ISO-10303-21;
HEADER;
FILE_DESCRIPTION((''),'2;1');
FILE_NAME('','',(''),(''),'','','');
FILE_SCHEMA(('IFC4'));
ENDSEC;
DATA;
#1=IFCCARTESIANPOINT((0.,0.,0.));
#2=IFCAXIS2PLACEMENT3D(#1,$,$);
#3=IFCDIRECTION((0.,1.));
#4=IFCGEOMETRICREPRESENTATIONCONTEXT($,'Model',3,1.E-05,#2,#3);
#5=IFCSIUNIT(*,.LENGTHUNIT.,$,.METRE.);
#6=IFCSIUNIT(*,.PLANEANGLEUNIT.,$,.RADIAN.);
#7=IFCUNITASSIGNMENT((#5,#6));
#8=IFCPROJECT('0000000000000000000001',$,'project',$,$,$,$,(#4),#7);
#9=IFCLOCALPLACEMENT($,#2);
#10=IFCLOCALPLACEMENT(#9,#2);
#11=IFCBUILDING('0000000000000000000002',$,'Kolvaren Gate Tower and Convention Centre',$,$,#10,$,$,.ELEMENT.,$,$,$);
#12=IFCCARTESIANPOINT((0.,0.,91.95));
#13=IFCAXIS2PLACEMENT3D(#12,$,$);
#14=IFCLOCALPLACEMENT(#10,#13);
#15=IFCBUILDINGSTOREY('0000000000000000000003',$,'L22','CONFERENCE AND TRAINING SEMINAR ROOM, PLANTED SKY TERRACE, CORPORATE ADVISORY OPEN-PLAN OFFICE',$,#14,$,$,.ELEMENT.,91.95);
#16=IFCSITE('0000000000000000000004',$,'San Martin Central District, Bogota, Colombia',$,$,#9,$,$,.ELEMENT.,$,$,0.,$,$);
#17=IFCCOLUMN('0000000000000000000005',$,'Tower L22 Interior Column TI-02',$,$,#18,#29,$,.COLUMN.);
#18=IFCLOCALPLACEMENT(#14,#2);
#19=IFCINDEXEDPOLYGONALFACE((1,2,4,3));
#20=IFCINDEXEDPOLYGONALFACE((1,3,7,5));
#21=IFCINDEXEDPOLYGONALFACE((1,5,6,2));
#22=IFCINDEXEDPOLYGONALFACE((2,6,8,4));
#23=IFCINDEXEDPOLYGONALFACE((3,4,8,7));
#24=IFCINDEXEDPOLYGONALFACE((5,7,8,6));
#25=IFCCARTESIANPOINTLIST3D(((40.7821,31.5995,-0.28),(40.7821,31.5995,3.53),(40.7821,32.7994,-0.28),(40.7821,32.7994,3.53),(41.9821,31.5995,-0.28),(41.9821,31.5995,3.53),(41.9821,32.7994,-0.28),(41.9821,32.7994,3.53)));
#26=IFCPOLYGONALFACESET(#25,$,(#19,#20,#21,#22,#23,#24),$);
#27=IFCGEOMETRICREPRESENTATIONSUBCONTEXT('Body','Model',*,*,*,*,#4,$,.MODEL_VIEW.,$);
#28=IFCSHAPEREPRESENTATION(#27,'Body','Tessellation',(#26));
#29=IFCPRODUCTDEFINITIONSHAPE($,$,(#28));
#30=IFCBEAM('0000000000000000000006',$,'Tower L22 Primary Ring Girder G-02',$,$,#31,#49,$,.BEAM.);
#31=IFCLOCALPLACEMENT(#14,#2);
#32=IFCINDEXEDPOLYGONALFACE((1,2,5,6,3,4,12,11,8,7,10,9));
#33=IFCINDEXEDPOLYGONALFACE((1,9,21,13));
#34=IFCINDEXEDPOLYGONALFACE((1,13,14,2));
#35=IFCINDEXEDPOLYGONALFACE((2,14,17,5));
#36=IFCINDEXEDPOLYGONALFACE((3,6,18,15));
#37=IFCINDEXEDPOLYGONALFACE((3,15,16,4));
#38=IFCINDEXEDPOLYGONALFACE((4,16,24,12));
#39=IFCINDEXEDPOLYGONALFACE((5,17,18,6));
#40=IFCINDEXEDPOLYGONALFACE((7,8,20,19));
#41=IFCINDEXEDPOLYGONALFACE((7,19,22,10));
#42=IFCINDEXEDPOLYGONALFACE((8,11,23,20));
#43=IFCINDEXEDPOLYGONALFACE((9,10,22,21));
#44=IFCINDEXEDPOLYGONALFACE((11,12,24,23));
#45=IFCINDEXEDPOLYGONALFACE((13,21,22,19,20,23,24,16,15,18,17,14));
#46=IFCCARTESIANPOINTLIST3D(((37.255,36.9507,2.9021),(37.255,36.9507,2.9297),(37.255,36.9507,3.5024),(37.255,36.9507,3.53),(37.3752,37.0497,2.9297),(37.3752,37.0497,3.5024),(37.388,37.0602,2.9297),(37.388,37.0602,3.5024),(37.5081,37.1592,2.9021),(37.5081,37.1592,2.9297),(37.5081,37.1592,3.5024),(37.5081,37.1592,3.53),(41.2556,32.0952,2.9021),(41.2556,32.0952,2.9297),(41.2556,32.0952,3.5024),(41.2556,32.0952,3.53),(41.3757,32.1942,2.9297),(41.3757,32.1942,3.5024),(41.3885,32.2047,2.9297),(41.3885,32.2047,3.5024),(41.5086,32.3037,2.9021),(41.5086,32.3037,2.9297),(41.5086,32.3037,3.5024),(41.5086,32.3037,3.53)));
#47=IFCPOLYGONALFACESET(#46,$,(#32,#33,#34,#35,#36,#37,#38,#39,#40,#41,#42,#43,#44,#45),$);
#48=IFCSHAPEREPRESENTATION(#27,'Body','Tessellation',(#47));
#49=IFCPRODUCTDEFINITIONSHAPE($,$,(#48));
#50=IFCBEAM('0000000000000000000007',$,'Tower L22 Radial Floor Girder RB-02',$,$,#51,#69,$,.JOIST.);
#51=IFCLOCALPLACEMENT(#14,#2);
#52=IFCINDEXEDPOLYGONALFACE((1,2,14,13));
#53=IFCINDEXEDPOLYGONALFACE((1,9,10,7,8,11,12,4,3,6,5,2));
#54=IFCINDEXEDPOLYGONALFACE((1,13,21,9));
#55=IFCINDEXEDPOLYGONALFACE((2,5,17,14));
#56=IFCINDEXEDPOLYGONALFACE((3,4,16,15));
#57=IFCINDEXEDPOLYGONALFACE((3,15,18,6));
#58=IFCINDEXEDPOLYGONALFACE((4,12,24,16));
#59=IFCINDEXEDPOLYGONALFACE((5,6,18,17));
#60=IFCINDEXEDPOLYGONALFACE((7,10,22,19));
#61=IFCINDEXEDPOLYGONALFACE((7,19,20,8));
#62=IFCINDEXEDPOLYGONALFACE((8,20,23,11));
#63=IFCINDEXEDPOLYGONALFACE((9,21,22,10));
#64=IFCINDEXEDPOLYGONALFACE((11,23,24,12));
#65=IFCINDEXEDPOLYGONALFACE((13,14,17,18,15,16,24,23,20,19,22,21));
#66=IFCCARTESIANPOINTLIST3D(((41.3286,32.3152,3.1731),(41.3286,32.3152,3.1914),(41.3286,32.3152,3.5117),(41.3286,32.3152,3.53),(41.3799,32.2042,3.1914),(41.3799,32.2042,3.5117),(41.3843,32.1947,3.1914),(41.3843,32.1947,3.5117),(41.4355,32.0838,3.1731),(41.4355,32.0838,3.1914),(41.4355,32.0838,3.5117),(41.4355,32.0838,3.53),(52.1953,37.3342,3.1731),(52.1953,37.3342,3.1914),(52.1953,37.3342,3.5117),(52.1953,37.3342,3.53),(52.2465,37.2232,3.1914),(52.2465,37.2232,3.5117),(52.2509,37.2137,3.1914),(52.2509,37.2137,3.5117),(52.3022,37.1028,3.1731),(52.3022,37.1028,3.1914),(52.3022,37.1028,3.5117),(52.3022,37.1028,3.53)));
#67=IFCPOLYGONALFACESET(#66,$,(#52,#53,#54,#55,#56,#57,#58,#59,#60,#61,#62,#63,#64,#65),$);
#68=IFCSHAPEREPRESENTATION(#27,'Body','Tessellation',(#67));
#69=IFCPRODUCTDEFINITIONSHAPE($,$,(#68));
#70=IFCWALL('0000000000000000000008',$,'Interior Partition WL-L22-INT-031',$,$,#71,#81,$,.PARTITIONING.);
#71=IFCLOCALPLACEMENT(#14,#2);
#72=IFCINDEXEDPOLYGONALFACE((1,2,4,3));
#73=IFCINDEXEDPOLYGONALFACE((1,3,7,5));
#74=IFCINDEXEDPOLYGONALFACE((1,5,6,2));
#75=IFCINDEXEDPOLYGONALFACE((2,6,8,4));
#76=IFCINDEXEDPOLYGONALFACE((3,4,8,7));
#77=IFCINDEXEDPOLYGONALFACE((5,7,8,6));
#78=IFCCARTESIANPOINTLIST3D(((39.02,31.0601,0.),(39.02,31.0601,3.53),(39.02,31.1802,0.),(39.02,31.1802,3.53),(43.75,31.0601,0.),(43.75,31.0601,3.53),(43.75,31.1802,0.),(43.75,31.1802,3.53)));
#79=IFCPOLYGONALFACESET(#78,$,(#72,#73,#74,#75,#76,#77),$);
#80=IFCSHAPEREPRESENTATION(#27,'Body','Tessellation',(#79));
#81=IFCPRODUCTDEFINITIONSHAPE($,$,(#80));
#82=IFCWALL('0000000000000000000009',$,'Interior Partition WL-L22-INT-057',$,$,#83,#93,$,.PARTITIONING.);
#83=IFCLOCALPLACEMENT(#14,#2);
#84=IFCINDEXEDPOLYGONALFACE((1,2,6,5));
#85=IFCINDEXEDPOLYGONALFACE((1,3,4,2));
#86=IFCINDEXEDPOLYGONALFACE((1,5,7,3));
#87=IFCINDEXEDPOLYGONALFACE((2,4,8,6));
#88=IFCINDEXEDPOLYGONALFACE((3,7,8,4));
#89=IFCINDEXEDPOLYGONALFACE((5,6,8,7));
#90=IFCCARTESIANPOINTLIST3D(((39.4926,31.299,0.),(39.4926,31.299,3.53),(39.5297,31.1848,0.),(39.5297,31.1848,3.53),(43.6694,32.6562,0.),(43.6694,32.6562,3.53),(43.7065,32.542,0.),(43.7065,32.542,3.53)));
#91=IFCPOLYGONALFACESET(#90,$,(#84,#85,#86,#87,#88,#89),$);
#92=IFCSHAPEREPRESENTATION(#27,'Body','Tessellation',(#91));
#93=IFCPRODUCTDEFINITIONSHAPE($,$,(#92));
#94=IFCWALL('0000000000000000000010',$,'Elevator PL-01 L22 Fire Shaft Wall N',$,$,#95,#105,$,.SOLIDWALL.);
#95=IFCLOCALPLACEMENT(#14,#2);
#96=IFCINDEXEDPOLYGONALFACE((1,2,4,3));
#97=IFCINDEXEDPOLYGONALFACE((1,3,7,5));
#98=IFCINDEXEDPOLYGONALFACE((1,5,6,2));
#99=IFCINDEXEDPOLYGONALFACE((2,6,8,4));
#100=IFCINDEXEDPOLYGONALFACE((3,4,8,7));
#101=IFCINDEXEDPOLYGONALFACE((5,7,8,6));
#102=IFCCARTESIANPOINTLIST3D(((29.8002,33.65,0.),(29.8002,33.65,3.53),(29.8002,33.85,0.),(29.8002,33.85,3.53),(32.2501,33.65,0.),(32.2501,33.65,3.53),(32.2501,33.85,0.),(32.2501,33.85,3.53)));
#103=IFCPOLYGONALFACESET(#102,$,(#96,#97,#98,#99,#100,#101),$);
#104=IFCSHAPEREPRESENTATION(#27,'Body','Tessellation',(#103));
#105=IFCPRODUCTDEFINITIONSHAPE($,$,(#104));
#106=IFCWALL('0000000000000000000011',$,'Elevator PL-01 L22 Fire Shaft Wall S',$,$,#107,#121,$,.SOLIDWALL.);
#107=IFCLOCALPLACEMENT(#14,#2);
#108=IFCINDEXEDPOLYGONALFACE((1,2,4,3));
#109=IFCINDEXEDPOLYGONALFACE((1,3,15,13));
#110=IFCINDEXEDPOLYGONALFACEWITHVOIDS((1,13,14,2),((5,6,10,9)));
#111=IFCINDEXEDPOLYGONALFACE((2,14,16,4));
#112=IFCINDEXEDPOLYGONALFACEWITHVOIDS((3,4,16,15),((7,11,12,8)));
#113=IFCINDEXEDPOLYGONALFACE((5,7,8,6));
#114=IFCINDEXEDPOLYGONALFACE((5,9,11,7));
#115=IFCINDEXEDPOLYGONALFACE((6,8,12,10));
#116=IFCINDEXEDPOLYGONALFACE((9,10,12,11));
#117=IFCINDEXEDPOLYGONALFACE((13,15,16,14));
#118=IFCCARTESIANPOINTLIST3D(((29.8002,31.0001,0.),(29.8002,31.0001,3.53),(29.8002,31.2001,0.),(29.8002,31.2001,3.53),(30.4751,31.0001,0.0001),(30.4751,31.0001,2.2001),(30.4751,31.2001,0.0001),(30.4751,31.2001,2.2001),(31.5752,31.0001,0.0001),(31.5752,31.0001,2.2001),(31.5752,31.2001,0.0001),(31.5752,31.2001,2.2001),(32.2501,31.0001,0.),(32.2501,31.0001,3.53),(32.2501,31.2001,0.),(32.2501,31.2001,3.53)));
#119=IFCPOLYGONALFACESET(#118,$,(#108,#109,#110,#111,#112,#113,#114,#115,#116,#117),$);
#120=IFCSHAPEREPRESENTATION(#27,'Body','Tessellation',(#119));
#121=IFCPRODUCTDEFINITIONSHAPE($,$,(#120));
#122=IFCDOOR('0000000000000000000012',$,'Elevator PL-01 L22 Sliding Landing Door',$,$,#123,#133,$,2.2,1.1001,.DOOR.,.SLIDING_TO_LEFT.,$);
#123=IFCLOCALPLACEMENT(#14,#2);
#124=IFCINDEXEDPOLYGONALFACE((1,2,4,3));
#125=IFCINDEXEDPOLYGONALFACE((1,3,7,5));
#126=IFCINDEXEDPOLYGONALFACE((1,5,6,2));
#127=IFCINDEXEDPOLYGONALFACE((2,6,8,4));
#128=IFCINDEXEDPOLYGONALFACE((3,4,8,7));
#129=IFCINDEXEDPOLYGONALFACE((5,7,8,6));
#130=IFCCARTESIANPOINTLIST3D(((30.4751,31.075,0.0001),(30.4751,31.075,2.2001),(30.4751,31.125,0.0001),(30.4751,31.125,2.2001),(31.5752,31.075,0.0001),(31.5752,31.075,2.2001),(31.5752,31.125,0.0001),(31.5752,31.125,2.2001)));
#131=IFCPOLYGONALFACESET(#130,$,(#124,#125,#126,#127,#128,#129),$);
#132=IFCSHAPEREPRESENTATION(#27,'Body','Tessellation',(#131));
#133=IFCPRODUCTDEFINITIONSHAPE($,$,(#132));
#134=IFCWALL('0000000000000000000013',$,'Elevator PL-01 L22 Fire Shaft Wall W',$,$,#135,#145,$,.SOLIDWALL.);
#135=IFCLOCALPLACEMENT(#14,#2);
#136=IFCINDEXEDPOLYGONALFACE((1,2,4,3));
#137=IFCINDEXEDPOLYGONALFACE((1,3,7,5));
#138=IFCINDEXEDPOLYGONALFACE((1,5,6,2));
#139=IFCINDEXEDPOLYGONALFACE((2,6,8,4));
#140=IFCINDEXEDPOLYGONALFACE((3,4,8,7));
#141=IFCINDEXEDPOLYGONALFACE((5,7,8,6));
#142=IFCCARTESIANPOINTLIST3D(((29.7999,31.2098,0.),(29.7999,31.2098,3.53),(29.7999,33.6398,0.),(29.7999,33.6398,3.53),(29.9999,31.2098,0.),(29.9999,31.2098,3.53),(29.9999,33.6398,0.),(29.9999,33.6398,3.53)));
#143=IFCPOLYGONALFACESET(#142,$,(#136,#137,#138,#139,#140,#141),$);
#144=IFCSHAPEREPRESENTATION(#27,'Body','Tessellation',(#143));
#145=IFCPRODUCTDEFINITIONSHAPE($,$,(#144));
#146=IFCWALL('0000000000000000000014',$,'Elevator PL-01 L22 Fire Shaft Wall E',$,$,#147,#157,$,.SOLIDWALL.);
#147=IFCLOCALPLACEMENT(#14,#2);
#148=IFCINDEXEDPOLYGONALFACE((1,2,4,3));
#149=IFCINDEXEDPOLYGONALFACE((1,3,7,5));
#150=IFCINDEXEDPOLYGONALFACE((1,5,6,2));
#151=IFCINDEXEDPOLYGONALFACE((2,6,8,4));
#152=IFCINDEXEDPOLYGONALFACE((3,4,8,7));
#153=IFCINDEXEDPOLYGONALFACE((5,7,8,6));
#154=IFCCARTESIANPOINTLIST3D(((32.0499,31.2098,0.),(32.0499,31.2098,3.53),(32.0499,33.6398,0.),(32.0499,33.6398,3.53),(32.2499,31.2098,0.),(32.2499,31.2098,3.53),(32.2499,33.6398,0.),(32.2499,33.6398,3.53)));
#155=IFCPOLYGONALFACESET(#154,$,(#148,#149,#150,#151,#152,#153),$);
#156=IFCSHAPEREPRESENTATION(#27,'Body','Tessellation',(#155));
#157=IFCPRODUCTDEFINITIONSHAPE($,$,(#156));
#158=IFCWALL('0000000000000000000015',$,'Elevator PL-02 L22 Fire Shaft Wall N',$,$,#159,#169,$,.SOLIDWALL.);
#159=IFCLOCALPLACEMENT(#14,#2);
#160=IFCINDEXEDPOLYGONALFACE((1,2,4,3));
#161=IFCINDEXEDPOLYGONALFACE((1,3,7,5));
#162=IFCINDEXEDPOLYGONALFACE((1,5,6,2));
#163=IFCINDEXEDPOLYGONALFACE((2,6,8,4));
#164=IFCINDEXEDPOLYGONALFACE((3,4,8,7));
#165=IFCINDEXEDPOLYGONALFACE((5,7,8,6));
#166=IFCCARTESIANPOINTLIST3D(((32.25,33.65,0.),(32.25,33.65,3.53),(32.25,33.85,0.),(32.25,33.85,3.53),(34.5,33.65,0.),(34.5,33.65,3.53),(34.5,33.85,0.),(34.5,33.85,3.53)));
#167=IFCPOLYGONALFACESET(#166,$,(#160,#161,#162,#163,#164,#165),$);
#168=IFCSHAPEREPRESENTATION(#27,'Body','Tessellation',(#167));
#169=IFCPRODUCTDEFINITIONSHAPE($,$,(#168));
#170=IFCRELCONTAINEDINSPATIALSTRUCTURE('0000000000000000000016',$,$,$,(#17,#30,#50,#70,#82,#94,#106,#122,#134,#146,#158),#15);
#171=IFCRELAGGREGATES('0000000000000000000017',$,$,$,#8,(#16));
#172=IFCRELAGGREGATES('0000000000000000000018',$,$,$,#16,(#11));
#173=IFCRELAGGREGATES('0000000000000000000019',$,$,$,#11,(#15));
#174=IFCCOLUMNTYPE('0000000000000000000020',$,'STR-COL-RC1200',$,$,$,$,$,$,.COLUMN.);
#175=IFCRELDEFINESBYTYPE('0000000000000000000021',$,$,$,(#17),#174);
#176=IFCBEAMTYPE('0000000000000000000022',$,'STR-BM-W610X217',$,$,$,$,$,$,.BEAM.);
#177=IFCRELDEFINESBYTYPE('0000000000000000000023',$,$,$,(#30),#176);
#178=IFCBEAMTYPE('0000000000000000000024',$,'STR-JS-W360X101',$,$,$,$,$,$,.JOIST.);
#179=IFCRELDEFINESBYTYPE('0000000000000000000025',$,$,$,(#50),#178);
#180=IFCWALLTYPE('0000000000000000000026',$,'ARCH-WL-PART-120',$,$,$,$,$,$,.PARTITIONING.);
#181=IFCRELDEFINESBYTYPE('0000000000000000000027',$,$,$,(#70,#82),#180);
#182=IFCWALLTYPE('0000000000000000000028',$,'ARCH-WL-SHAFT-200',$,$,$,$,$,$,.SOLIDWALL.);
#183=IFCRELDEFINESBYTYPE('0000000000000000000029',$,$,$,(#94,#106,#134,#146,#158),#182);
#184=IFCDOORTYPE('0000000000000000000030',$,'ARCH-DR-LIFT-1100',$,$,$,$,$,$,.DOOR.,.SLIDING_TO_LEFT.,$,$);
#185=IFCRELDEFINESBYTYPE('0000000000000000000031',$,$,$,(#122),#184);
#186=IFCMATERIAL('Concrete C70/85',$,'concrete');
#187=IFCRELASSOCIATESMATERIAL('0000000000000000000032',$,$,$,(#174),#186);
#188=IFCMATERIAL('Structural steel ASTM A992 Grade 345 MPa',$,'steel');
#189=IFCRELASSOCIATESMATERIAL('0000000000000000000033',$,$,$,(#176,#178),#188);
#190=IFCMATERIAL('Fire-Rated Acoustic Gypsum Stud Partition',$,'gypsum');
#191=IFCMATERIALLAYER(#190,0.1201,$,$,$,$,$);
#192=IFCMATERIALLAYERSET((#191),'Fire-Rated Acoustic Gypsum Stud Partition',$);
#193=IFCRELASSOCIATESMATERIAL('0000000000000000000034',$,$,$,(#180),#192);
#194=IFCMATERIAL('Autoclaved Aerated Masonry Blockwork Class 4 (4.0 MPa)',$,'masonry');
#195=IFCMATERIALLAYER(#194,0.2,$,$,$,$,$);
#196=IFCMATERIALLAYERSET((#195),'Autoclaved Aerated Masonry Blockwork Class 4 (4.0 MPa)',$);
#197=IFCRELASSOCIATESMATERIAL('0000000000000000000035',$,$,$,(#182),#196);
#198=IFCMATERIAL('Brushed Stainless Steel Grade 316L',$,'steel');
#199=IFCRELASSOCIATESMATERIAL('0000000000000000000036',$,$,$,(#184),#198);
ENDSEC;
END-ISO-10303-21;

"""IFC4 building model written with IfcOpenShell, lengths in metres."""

from ifc_helpers import new_model, si_unit, direction, frame, frame_2d, origin, origin_2d, place, context, subcontext, project, spatial, rectangle, i_section, extrude, material, layer, layer_set, material_profile, profile_set, type_object, element, fill, save


model = new_model("IFC4")

# Units and contexts
model_context = context("Model", 3, precision=1e-05, world=origin(), true_north=direction((0.0, 1.0)))
body_context = subcontext(model_context, "Body", "Model", "MODEL_VIEW")
ifc_project = project(units=[si_unit("LENGTHUNIT", "METRE"), si_unit("PLANEANGLEUNIT", "RADIAN")], contexts=[model_context])

# Site, building, storey
site_placement = place(None, origin())
site = spatial("IfcSite", under=ifc_project, at=site_placement, Name="San Martin Central District, Bogota, Colombia", CompositionType="ELEMENT", RefElevation=0.0)
building_placement = place(site_placement, origin())
building = spatial("IfcBuilding", under=site, at=building_placement, Name="Kolvaren Gate Tower and Convention Centre", CompositionType="ELEMENT")
storey_placement = place(building_placement, frame((0.0, 0.0, 91.95)))
storey = spatial("IfcBuildingStorey", under=building, at=storey_placement, Name="L22", Description="CONFERENCE AND TRAINING SEMINAR ROOM, PLANTED SKY TERRACE, CORPORATE ADVISORY OPEN-PLAN OFFICE", CompositionType="ELEMENT", Elevation=91.95)

# Column
ifc_material_1 = material(Name="Concrete C70/85", Category="concrete")
ifc_material_profile_1 = material_profile(ifc_material_1, rectangle(XDim=1.2, YDim=1.2, at=origin_2d()), Name="RC-COL-1200X1200")
ifc_profile_set_1 = profile_set([ifc_material_profile_1], Name="Concrete C70/85")
column_type = type_object("IfcColumnType", Name="STR-COL-RC1200", PredefinedType="COLUMN", material=ifc_profile_set_1)
column_placement = place(storey_placement, frame((41.3821, 32.1995, -0.28), z_axis=(0.0, 0.0, 1.0), x_axis=(1.0, 0.0, 0.0)))
element("IfcColumn", 1, at=column_placement, inside=storey, type_object=column_type, Name="Tower L22 Interior Column TI-02", PredefinedType="COLUMN", context=body_context, shape_type="SweptSolid", body=[
    extrude(rectangle(XDim=1.2, YDim=1.2, at=origin_2d()), origin(), (0.0, 0.0, 1.0), 3.8101),
])

# Beams
ifc_material_2 = material(Name="Structural steel ASTM A992 Grade 345 MPa", Category="steel")
ifc_material_profile_2 = material_profile(ifc_material_2, i_section(OverallWidth=0.3279, OverallDepth=0.6279, WebThickness=0.0166, FlangeThickness=0.0276, at=origin_2d()), Name="W610X217")
ifc_profile_set_2 = profile_set([ifc_material_profile_2], Name="Structural steel ASTM A992 Grade 345 MPa")
beam_type_1 = type_object("IfcBeamType", Name="STR-BM-W610X217", PredefinedType="BEAM", material=ifc_profile_set_2)
beam_1_placement = place(storey_placement, frame((41.3821, 32.1995, 3.2161), z_axis=(-0.635884, 0.771785, 0.0), x_axis=(-0.771785, -0.635884, 0.0)))
element("IfcBeam", 2, at=beam_1_placement, inside=storey, type_object=beam_type_1, Name="Tower L22 Primary Ring Girder G-02", PredefinedType="BEAM", context=body_context, shape_type="SweptSolid", body=[
    extrude(i_section(OverallWidth=0.3279, OverallDepth=0.6279, WebThickness=0.0166, FlangeThickness=0.0276, at=origin_2d()), origin(), (0.0, 0.0, 1.0), 6.2913),
])
ifc_material_profile_3 = material_profile(ifc_material_2, i_section(OverallWidth=0.2549, OverallDepth=0.3569, WebThickness=0.0105, FlangeThickness=0.0183, at=origin_2d()), Name="W360X101")
ifc_profile_set_3 = profile_set([ifc_material_profile_3], Name="Structural steel ASTM A992 Grade 345 MPa")
beam_type_2 = type_object("IfcBeamType", Name="STR-JS-W360X101", PredefinedType="JOIST", material=ifc_profile_set_3)
beam_2_placement = place(storey_placement, frame((41.3821, 32.1995, 3.3516), z_axis=(0.907844, 0.419309, 0.0), x_axis=(-0.419309, 0.907844, 0.0)))
element("IfcBeam", 3, at=beam_2_placement, inside=storey, type_object=beam_type_2, Name="Tower L22 Radial Floor Girder RB-02", PredefinedType="JOIST", context=body_context, shape_type="SweptSolid", body=[
    extrude(i_section(OverallWidth=0.2549, OverallDepth=0.3569, WebThickness=0.0105, FlangeThickness=0.0183, at=origin_2d()), origin(), (0.0, 0.0, 1.0), 11.9697),
])

# Walls
ifc_material_3 = material(Name="Fire-Rated Acoustic Gypsum Stud Partition", Category="gypsum")
ifc_layer_1 = layer(ifc_material_3, 0.1201)
ifc_layer_set_1 = layer_set([ifc_layer_1], Name="Fire-Rated Acoustic Gypsum Stud Partition")
wall_type_1 = type_object("IfcWallType", Name="ARCH-WL-PART-120", PredefinedType="PARTITIONING", material=ifc_layer_set_1)
wall_1_placement = place(storey_placement, frame((39.02, 31.1201, 0.0), z_axis=(0.0, 0.0, 1.0), x_axis=(1.0, 0.0, 0.0)))
element("IfcWall", 4, at=wall_1_placement, inside=storey, type_object=wall_type_1, Name="Interior Partition WL-L22-INT-031", PredefinedType="PARTITIONING", context=body_context, shape_type="SweptSolid", body=[
    extrude(rectangle(XDim=4.73, YDim=0.1201, at=frame_2d((2.365, 0.0))), origin(), (0.0, 0.0, 1.0), 3.53),
])
wall_2_placement = place(storey_placement, frame((39.5112, 31.2419, 0.0), z_axis=(0.0, 0.0, 1.0), x_axis=(0.951052, 0.309031, 0.0)))
element("IfcWall", 5, at=wall_2_placement, inside=storey, type_object=wall_type_1, Name="Interior Partition WL-L22-INT-057", PredefinedType="PARTITIONING", context=body_context, shape_type="SweptSolid", body=[
    extrude(rectangle(XDim=4.3918, YDim=0.1201, at=frame_2d((2.1958, 0.0))), origin(), (0.0, 0.0, 1.0), 3.53),
])
ifc_material_4 = material(Name="Autoclaved Aerated Masonry Blockwork Class 4 (4.0 MPa)", Category="masonry")
ifc_layer_2 = layer(ifc_material_4, 0.2)
ifc_layer_set_2 = layer_set([ifc_layer_2], Name="Autoclaved Aerated Masonry Blockwork Class 4 (4.0 MPa)")
wall_type_2 = type_object("IfcWallType", Name="ARCH-WL-SHAFT-200", PredefinedType="SOLIDWALL", material=ifc_layer_set_2)
wall_3_placement = place(storey_placement, frame((29.8, 33.75, 0.0), z_axis=(0.0, 0.0, 1.0), x_axis=(1.0, 0.0, 0.0)))
element("IfcWall", 6, at=wall_3_placement, inside=storey, type_object=wall_type_2, Name="Elevator PL-01 L22 Fire Shaft Wall N", PredefinedType="SOLIDWALL", context=body_context, shape_type="SweptSolid", body=[
    extrude(rectangle(XDim=2.45, YDim=0.2, at=frame_2d((1.2251, 0.0))), origin(), (0.0, 0.0, 1.0), 3.53),
])

# Wall, opening, door
wall_4_placement = place(storey_placement, frame((29.8, 31.1001, 0.0), z_axis=(0.0, 0.0, 1.0), x_axis=(1.0, 0.0, 0.0)))
wall_4 = element("IfcWall", 7, at=wall_4_placement, inside=storey, type_object=wall_type_2, Name="Elevator PL-01 L22 Fire Shaft Wall S", PredefinedType="SOLIDWALL", context=body_context, shape_type="SweptSolid", body=[
    extrude(rectangle(XDim=2.45, YDim=0.2, at=frame_2d((1.2251, 0.0))), origin(), (0.0, 0.0, 1.0), 3.53),
])
opening_1_placement = place(wall_4_placement, frame((0.675, 0.0, 0.0)))
opening_1 = element("IfcOpeningElement", 8, at=opening_1_placement, cuts=wall_4, PredefinedType="OPENING", context=body_context, shape_type="SweptSolid", body=[
    extrude(rectangle(XDim=1.1001, YDim=2.2, at=frame_2d((0.55, 1.1001))), frame((0.0, 0.1099, 0.0), z_axis=(0.0, -1.0, 0.0), x_axis=(1.0, 0.0, 0.0)), (0.0, 0.0, 1.0), 0.22),
])
ifc_material_5 = material(Name="Brushed Stainless Steel Grade 316L", Category="steel")
door_type_1 = type_object("IfcDoorType", Name="ARCH-DR-LIFT-1100", OperationType="SLIDING_TO_LEFT", PredefinedType="DOOR", material=ifc_material_5)
door_1_placement = place(opening_1_placement, origin())
door_1 = element("IfcDoor", 9, at=door_1_placement, inside=storey, type_object=door_type_1, Name="Elevator PL-01 L22 Sliding Landing Door", OperationType="SLIDING_TO_LEFT", OverallHeight=2.2, OverallWidth=1.1001, PredefinedType="DOOR", context=body_context, shape_type="SweptSolid", body=[
    extrude(rectangle(XDim=1.1001, YDim=2.2, at=frame_2d((0.55, 1.1001))), frame((0.0, 0.0249, 0.0), z_axis=(0.0, -1.0, 0.0), x_axis=(1.0, 0.0, 0.0)), (0.0, 0.0, 1.0), 0.05),
])
fill(opening_1, door_1)

# Walls
for number, where, z_axis, x_axis, name in (
    (10, (29.8999, 31.21, 0.0), (0.0, 0.0, 1.0), (0.0, 1.0, 0.0), "Elevator PL-01 L22 Fire Shaft Wall W"),
    (11, (32.1499, 31.21, 0.0), (0.0, 0.0, 1.0), (0.0, 1.0, 0.0), "Elevator PL-01 L22 Fire Shaft Wall E"),
):
    element("IfcWall", number, at=place(storey_placement, frame(where, z_axis=z_axis, x_axis=x_axis)), inside=storey, type_object=wall_type_2, Name=name, PredefinedType="SOLIDWALL", context=body_context, shape_type="SweptSolid", body=[
        extrude(rectangle(XDim=2.4299, YDim=0.2, at=frame_2d((1.2148, 0.0))), origin(), (0.0, 0.0, 1.0), 3.53),
    ])
wall_5_placement = place(storey_placement, frame((32.25, 33.75, 0.0), z_axis=(0.0, 0.0, 1.0), x_axis=(1.0, 0.0, 0.0)))
element("IfcWall", 12, at=wall_5_placement, inside=storey, type_object=wall_type_2, Name="Elevator PL-02 L22 Fire Shaft Wall N", PredefinedType="SOLIDWALL", context=body_context, shape_type="SweptSolid", body=[
    extrude(rectangle(XDim=2.25, YDim=0.2, at=frame_2d((1.125, 0.0))), origin(), (0.0, 0.0, 1.0), 3.53),
])

save(model, "model.ifc")
